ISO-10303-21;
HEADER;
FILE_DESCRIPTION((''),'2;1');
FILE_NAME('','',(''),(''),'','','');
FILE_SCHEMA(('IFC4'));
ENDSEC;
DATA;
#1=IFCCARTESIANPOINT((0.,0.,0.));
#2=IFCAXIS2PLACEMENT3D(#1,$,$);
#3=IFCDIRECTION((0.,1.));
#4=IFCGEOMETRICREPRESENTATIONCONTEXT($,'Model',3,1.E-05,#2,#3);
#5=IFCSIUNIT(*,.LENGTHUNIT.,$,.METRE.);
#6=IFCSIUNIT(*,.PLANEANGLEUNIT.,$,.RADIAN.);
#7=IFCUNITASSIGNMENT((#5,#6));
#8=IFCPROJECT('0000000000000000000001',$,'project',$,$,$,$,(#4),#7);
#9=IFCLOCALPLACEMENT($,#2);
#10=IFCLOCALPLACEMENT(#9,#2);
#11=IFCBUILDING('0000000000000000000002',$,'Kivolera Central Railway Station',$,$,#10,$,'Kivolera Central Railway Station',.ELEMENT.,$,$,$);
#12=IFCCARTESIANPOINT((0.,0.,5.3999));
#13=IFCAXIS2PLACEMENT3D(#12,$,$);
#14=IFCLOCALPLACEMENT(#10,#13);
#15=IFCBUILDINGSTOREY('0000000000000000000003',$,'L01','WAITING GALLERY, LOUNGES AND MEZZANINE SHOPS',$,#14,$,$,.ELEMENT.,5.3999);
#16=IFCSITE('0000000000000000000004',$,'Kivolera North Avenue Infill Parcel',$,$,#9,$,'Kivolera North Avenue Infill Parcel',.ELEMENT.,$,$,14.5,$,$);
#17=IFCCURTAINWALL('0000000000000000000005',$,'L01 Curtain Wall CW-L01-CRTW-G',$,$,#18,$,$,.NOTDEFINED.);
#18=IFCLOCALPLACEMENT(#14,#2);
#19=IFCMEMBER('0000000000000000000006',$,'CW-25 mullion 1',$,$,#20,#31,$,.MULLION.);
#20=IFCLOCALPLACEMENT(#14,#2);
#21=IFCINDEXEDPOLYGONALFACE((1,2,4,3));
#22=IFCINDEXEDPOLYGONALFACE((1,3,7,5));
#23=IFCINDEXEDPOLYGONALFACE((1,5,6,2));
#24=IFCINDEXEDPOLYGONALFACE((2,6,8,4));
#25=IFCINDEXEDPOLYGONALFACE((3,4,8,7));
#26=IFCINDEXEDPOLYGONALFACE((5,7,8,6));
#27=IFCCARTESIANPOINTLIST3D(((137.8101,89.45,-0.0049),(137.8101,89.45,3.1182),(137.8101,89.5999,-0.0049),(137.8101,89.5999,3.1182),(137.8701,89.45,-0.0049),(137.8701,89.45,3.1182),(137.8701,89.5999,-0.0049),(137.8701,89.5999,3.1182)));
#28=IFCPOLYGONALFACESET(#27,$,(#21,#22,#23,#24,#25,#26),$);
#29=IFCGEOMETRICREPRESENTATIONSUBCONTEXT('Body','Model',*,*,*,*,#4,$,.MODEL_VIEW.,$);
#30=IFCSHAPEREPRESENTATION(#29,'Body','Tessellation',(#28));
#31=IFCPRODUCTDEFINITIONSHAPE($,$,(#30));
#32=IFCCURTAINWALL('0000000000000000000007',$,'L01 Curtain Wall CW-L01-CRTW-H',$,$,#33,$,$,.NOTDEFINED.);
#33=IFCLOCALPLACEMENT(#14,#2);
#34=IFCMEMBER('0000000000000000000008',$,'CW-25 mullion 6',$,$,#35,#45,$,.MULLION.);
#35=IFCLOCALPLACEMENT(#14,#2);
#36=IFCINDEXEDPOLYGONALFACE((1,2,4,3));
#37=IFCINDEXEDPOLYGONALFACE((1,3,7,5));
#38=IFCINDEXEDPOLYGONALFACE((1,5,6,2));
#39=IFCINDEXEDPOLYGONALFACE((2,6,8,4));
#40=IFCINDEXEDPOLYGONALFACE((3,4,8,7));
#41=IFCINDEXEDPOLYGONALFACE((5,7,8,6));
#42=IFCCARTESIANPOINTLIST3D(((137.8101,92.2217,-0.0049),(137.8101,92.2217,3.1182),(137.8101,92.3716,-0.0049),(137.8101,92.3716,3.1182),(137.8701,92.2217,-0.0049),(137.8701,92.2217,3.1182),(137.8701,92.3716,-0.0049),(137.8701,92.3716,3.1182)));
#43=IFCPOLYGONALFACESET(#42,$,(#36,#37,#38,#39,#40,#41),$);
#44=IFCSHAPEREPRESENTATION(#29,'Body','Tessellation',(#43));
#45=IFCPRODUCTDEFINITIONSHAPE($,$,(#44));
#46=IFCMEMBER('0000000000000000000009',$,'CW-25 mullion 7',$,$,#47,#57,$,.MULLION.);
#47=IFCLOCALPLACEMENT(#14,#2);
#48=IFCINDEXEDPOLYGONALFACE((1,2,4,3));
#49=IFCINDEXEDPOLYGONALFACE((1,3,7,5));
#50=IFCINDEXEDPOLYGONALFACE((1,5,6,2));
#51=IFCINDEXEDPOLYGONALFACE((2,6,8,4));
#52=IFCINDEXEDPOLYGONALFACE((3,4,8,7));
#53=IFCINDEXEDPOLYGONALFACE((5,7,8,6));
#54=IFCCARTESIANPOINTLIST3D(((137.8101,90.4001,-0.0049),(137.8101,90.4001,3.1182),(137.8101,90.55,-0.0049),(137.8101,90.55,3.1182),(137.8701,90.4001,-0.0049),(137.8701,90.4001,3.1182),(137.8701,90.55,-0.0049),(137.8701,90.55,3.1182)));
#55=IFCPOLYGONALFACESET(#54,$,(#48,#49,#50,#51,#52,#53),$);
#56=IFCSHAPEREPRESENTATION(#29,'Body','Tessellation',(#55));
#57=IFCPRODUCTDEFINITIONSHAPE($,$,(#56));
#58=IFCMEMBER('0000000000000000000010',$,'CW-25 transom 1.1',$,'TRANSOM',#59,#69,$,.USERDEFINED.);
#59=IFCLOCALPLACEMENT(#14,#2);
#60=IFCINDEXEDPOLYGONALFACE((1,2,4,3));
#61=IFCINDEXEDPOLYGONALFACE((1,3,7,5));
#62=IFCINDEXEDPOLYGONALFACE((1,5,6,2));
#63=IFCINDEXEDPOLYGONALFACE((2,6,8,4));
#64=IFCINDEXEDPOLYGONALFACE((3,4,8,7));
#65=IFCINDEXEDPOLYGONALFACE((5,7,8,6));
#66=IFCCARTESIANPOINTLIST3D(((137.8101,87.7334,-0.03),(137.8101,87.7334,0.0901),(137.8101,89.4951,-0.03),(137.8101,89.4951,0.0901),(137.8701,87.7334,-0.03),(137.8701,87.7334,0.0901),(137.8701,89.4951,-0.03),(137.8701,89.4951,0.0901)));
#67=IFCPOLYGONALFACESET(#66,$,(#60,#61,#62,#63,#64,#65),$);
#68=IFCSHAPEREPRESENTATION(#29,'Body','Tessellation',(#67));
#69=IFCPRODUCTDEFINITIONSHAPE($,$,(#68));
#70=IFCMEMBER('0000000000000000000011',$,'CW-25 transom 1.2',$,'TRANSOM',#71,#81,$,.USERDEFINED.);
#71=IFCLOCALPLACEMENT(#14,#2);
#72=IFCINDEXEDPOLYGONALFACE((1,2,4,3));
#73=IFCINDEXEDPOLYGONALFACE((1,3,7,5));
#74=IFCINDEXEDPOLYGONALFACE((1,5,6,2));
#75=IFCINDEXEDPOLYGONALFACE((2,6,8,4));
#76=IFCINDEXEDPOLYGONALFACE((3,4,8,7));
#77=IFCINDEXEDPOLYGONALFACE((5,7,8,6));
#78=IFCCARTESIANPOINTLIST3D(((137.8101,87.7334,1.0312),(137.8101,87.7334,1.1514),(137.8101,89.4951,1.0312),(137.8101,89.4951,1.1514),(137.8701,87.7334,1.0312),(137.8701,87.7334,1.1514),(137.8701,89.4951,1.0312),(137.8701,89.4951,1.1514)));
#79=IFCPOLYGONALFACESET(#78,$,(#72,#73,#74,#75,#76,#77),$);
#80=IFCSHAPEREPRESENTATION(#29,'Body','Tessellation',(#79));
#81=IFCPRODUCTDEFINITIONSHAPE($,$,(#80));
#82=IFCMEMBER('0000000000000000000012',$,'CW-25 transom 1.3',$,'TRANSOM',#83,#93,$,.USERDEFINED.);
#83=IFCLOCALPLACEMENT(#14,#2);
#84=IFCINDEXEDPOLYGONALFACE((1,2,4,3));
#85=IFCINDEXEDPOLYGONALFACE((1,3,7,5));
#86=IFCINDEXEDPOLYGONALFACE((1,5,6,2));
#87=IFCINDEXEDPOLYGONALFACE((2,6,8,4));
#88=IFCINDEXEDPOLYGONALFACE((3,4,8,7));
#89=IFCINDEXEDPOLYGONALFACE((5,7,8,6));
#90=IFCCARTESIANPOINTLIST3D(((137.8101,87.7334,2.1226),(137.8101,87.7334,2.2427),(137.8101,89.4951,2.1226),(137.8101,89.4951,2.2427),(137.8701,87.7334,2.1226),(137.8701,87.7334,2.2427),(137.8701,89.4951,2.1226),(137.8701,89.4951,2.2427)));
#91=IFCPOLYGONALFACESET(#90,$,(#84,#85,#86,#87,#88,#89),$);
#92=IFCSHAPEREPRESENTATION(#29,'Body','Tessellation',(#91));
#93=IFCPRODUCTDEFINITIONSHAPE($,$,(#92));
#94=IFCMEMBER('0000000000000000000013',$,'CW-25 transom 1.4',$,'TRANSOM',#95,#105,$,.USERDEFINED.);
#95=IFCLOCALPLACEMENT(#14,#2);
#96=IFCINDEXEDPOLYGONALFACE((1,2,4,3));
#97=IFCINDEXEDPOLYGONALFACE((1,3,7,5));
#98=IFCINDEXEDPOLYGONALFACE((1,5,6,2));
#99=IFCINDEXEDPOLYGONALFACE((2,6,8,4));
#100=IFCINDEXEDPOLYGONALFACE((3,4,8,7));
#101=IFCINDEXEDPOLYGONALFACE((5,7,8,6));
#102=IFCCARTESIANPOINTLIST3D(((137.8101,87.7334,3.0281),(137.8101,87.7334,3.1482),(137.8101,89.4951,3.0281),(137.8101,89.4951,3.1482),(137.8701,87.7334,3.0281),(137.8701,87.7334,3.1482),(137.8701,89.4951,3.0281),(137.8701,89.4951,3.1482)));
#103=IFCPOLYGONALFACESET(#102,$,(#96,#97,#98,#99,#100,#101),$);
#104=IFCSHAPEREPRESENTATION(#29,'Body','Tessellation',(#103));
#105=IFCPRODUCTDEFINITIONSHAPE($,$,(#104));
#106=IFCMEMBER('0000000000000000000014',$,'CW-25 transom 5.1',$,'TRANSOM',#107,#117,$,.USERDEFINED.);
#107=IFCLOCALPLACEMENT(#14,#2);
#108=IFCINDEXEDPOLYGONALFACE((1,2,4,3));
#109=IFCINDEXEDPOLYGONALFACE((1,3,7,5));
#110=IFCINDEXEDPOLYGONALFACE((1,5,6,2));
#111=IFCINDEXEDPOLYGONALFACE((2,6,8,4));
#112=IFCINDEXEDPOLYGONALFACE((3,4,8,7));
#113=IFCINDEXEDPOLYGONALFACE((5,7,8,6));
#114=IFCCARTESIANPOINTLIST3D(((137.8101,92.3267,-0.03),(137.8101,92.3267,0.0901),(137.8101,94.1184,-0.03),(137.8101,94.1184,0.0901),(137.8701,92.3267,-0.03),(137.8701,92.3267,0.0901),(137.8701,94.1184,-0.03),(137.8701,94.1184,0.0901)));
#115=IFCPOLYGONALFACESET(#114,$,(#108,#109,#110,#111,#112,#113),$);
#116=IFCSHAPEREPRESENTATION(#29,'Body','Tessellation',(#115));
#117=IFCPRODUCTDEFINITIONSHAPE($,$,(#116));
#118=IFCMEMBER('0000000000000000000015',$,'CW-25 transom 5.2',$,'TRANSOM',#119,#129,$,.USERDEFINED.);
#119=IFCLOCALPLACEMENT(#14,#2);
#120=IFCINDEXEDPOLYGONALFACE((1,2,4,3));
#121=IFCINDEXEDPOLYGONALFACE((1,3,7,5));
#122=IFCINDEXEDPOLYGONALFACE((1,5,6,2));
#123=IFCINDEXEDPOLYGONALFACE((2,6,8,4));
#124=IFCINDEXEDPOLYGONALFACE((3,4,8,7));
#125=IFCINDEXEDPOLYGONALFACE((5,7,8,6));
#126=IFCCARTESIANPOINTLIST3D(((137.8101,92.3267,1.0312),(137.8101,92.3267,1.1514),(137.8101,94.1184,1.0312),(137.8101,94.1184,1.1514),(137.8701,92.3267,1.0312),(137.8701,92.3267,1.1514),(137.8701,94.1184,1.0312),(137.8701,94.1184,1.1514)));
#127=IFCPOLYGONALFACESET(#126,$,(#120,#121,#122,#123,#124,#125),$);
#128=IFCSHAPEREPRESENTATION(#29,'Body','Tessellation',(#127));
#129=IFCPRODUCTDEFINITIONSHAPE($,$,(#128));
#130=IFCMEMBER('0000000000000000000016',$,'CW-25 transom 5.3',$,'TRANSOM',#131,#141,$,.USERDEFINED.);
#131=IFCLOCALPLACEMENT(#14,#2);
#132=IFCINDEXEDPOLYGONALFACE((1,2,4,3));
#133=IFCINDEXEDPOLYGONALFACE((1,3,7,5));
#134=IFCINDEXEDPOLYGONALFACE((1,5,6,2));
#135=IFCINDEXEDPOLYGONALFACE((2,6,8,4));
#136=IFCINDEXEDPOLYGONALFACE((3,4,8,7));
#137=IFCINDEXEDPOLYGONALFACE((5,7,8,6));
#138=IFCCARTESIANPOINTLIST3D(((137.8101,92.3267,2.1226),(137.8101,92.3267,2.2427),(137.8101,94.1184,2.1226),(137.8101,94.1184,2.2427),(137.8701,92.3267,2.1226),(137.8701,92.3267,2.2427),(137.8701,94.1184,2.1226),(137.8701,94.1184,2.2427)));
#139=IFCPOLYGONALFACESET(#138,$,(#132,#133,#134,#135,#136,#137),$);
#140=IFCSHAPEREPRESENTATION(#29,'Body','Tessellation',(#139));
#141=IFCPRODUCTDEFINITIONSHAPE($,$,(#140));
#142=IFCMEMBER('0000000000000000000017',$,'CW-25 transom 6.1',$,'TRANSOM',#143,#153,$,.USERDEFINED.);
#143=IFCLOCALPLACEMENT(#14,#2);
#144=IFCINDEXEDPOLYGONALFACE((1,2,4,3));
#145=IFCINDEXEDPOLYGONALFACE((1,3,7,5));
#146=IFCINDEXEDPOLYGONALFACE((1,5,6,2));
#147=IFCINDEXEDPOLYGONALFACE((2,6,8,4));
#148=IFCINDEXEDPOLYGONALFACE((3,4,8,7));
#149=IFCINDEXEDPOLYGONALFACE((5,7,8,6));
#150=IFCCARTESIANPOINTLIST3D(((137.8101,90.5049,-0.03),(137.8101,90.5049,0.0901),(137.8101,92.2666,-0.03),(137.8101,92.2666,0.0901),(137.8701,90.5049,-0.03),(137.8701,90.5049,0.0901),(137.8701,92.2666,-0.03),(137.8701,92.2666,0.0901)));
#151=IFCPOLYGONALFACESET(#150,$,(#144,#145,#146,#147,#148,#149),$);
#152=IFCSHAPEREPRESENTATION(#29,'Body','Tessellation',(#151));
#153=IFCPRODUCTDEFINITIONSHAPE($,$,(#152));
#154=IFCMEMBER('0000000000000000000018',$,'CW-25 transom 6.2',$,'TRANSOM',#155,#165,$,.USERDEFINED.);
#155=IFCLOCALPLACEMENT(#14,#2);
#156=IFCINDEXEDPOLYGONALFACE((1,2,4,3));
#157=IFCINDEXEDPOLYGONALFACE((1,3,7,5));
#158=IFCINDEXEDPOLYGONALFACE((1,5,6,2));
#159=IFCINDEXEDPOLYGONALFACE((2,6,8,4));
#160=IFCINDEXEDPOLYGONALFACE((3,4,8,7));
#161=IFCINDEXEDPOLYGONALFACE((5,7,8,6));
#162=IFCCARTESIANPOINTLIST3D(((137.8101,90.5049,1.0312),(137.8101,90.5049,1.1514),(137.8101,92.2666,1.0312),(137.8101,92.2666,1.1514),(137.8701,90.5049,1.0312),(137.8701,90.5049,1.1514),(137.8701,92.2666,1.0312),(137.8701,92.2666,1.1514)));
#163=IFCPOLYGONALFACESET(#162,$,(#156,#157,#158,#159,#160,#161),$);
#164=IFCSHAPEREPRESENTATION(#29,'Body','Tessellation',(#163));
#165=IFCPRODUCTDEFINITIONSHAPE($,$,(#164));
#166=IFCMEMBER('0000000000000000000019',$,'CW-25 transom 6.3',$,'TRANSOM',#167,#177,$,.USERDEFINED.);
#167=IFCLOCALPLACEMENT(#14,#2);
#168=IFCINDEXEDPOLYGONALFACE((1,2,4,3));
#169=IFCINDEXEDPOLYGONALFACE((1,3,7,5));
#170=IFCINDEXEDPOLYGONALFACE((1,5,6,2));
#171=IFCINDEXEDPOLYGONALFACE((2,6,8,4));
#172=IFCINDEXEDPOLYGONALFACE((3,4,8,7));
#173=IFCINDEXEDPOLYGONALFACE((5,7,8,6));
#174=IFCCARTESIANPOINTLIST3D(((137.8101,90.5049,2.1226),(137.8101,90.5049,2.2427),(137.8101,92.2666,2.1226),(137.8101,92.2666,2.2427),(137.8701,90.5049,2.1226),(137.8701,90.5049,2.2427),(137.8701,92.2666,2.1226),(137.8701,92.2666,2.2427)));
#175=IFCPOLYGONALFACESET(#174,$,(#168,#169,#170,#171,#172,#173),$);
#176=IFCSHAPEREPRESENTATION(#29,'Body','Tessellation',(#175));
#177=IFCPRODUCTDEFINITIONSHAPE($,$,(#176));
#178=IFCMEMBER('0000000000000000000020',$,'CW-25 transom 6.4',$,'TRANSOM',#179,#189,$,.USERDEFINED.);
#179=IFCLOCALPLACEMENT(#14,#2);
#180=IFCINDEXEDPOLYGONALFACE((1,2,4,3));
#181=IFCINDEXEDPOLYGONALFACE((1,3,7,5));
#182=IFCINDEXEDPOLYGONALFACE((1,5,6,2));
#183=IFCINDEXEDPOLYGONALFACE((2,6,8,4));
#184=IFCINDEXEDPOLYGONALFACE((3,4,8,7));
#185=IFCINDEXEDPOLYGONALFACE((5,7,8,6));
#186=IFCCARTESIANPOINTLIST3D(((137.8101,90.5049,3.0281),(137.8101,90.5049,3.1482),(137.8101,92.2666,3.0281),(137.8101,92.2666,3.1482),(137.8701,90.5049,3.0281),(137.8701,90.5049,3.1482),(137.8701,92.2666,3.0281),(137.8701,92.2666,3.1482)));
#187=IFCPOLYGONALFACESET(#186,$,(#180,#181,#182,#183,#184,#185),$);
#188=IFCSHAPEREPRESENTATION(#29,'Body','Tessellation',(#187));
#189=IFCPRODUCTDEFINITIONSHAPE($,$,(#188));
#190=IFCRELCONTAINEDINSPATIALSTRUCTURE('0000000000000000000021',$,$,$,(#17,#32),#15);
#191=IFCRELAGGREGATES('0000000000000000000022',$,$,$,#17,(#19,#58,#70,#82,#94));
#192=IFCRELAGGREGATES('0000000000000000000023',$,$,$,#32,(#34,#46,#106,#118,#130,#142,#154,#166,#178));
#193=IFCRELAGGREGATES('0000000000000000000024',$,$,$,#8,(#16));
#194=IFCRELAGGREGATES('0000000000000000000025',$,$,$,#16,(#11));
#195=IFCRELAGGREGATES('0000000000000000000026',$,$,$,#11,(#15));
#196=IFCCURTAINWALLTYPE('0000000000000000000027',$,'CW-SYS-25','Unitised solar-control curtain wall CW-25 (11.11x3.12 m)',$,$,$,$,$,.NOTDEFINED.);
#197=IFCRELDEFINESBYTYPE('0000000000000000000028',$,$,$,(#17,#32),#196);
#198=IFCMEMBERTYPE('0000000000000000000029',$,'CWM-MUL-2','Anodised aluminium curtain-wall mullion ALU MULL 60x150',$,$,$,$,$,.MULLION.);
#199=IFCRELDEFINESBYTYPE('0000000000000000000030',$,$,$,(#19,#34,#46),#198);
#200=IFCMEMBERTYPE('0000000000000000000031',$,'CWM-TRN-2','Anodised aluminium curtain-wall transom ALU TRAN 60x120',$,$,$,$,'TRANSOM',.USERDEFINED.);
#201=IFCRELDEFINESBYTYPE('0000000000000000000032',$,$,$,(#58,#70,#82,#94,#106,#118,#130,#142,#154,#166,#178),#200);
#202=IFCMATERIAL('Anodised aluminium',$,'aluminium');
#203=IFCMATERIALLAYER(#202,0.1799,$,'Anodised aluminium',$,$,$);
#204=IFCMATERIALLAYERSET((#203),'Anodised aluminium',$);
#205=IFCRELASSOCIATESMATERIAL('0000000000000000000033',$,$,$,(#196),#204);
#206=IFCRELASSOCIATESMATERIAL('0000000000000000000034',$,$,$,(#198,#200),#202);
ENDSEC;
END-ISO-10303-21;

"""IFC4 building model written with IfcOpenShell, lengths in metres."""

from ifc_helpers import new_model, si_unit, direction, frame, origin, origin_2d, place, context, subcontext, project, spatial, rectangle, extrude, material, layer, layer_set, material_profile, profile_set, type_object, element, aggregate, save


model = new_model("IFC4")

# Units and contexts
model_context = context("Model", 3, precision=1e-05, world=origin(), true_north=direction((0.0, 1.0)))
body_context = subcontext(model_context, "Body", "Model", "MODEL_VIEW")
ifc_project = project(units=[si_unit("LENGTHUNIT", "METRE"), si_unit("PLANEANGLEUNIT", "RADIAN")], contexts=[model_context])

# Site, building, storey
site_placement = place(None, origin())
site = spatial("IfcSite", under=ifc_project, at=site_placement, Name="Kivolera North Avenue Infill Parcel", LongName="Kivolera North Avenue Infill Parcel", CompositionType="ELEMENT", RefElevation=14.5)
building_placement = place(site_placement, origin())
building = spatial("IfcBuilding", under=site, at=building_placement, Name="Kivolera Central Railway Station", LongName="Kivolera Central Railway Station", CompositionType="ELEMENT")
storey_placement = place(building_placement, frame((0.0, 0.0, 5.3999)))
storey = spatial("IfcBuildingStorey", under=building, at=storey_placement, Name="L01", Description="WAITING GALLERY, LOUNGES AND MEZZANINE SHOPS", CompositionType="ELEMENT", Elevation=5.3999)

# Curtain wall, member
ifc_material_1 = material(Name="Anodised aluminium", Category="aluminium")
ifc_layer_1 = layer(ifc_material_1, 0.1799, Name="Anodised aluminium")
ifc_layer_set_1 = layer_set([ifc_layer_1], Name="Anodised aluminium")
curtain_wall_type = type_object("IfcCurtainWallType", Name="CW-SYS-25", Description="Unitised solar-control curtain wall CW-25 (11.11x3.12 m)", PredefinedType="NOTDEFINED", material=ifc_layer_set_1)
curtain_wall_1_placement = place(storey_placement, origin())
curtain_wall_1 = element("IfcCurtainWall", 1, at=curtain_wall_1_placement, inside=storey, type_object=curtain_wall_type, Name="L01 Curtain Wall CW-L01-CRTW-G", PredefinedType="NOTDEFINED")
ifc_material_profile_1 = material_profile(ifc_material_1, rectangle(XDim=0.0601, YDim=0.1499, at=origin_2d()), Name="ALU MULL 60x150")
ifc_profile_set_1 = profile_set([ifc_material_profile_1], Name="Anodised aluminium")
member_type_1 = type_object("IfcMemberType", Name="CWM-MUL-2", Description="Anodised aluminium curtain-wall mullion ALU MULL 60x150", PredefinedType="MULLION", material=ifc_profile_set_1)
member_1_placement = place(storey_placement, frame((137.8401, 89.5249, -0.0049), z_axis=(0.0, 0.0, 1.0), x_axis=(1.0, 0.0, 0.0)))
member_1 = element("IfcMember", 2, at=member_1_placement, type_object=member_type_1, Name="CW-25 mullion 1", PredefinedType="MULLION", context=body_context, shape_type="SweptSolid", body=[
    extrude(rectangle(XDim=0.0601, YDim=0.1499, at=origin_2d()), origin(), (0.0, 0.0, 1.0), 3.123),
])

# Curtain wall, members
curtain_wall_2_placement = place(storey_placement, origin())
curtain_wall_2 = element("IfcCurtainWall", 3, at=curtain_wall_2_placement, inside=storey, type_object=curtain_wall_type, Name="L01 Curtain Wall CW-L01-CRTW-H", PredefinedType="NOTDEFINED")
member_2_placement = place(storey_placement, frame((137.8401, 92.2966, -0.0049), z_axis=(0.0, 0.0, 1.0), x_axis=(1.0, 0.0, 0.0)))
member_2 = element("IfcMember", 4, at=member_2_placement, type_object=member_type_1, Name="CW-25 mullion 6", PredefinedType="MULLION", context=body_context, shape_type="SweptSolid", body=[
    extrude(rectangle(XDim=0.0601, YDim=0.1499, at=origin_2d()), origin(), (0.0, 0.0, 1.0), 3.123),
])
member_3_placement = place(storey_placement, frame((137.8401, 90.4751, -0.0049), z_axis=(0.0, 0.0, 1.0), x_axis=(1.0, 0.0, 0.0)))
member_3 = element("IfcMember", 5, at=member_3_placement, type_object=member_type_1, Name="CW-25 mullion 7", PredefinedType="MULLION", context=body_context, shape_type="SweptSolid", body=[
    extrude(rectangle(XDim=0.0601, YDim=0.1499, at=origin_2d()), origin(), (0.0, 0.0, 1.0), 3.123),
])

# Members
ifc_material_profile_2 = material_profile(ifc_material_1, rectangle(XDim=0.0601, YDim=0.1201, at=origin_2d()), Name="ALU TRAN 60x120")
ifc_profile_set_2 = profile_set([ifc_material_profile_2], Name="Anodised aluminium")
member_type_2 = type_object("IfcMemberType", Name="CWM-TRN-2", Description="Anodised aluminium curtain-wall transom ALU TRAN 60x120", ElementType="TRANSOM", PredefinedType="USERDEFINED", material=ifc_profile_set_2)
member_4_placement = place(storey_placement, frame((137.8401, 89.4951, 0.03), z_axis=(0.0, -1.0, 0.0), x_axis=(1.0, 0.0, 0.0)))
member_4 = element("IfcMember", 6, at=member_4_placement, type_object=member_type_2, Name="CW-25 transom 1.1", ObjectType="TRANSOM", PredefinedType="USERDEFINED", context=body_context, shape_type="SweptSolid", body=[
    extrude(rectangle(XDim=0.0601, YDim=0.1201, at=origin_2d()), origin(), (0.0, 0.0, 1.0), 1.7617),
])
member_5_placement = place(storey_placement, frame((137.8401, 89.4951, 1.0913), z_axis=(0.0, -1.0, 0.0), x_axis=(1.0, 0.0, 0.0)))
member_5 = element("IfcMember", 7, at=member_5_placement, type_object=member_type_2, Name="CW-25 transom 1.2", ObjectType="TRANSOM", PredefinedType="USERDEFINED", context=body_context, shape_type="SweptSolid", body=[
    extrude(rectangle(XDim=0.0601, YDim=0.1201, at=origin_2d()), origin(), (0.0, 0.0, 1.0), 1.7617),
])
member_6_placement = place(storey_placement, frame((137.8401, 89.4951, 2.1826), z_axis=(0.0, -1.0, 0.0), x_axis=(1.0, 0.0, 0.0)))
member_6 = element("IfcMember", 8, at=member_6_placement, type_object=member_type_2, Name="CW-25 transom 1.3", ObjectType="TRANSOM", PredefinedType="USERDEFINED", context=body_context, shape_type="SweptSolid", body=[
    extrude(rectangle(XDim=0.0601, YDim=0.1201, at=origin_2d()), origin(), (0.0, 0.0, 1.0), 1.7617),
])
member_7_placement = place(storey_placement, frame((137.8401, 89.4951, 3.0881), z_axis=(0.0, -1.0, 0.0), x_axis=(1.0, 0.0, 0.0)))
member_7 = element("IfcMember", 9, at=member_7_placement, type_object=member_type_2, Name="CW-25 transom 1.4", ObjectType="TRANSOM", PredefinedType="USERDEFINED", context=body_context, shape_type="SweptSolid", body=[
    extrude(rectangle(XDim=0.0601, YDim=0.1201, at=origin_2d()), origin(), (0.0, 0.0, 1.0), 1.7617),
])
member_8_placement = place(storey_placement, frame((137.8401, 94.1184, 0.03), z_axis=(0.0, -1.0, 0.0), x_axis=(1.0, 0.0, 0.0)))
member_8 = element("IfcMember", 10, at=member_8_placement, type_object=member_type_2, Name="CW-25 transom 5.1", ObjectType="TRANSOM", PredefinedType="USERDEFINED", context=body_context, shape_type="SweptSolid", body=[
    extrude(rectangle(XDim=0.0601, YDim=0.1201, at=origin_2d()), origin(), (0.0, 0.0, 1.0), 1.7917),
])
member_9_placement = place(storey_placement, frame((137.8401, 94.1184, 1.0913), z_axis=(0.0, -1.0, 0.0), x_axis=(1.0, 0.0, 0.0)))
member_9 = element("IfcMember", 11, at=member_9_placement, type_object=member_type_2, Name="CW-25 transom 5.2", ObjectType="TRANSOM", PredefinedType="USERDEFINED", context=body_context, shape_type="SweptSolid", body=[
    extrude(rectangle(XDim=0.0601, YDim=0.1201, at=origin_2d()), origin(), (0.0, 0.0, 1.0), 1.7917),
])
member_10_placement = place(storey_placement, frame((137.8401, 94.1184, 2.1826), z_axis=(0.0, -1.0, 0.0), x_axis=(1.0, 0.0, 0.0)))
member_10 = element("IfcMember", 12, at=member_10_placement, type_object=member_type_2, Name="CW-25 transom 5.3", ObjectType="TRANSOM", PredefinedType="USERDEFINED", context=body_context, shape_type="SweptSolid", body=[
    extrude(rectangle(XDim=0.0601, YDim=0.1201, at=origin_2d()), origin(), (0.0, 0.0, 1.0), 1.7917),
])
member_11_placement = place(storey_placement, frame((137.8401, 92.2666, 0.03), z_axis=(0.0, -1.0, 0.0), x_axis=(1.0, 0.0, 0.0)))
member_11 = element("IfcMember", 13, at=member_11_placement, type_object=member_type_2, Name="CW-25 transom 6.1", ObjectType="TRANSOM", PredefinedType="USERDEFINED", context=body_context, shape_type="SweptSolid", body=[
    extrude(rectangle(XDim=0.0601, YDim=0.1201, at=origin_2d()), origin(), (0.0, 0.0, 1.0), 1.7617),
])
member_12_placement = place(storey_placement, frame((137.8401, 92.2666, 1.0913), z_axis=(0.0, -1.0, 0.0), x_axis=(1.0, 0.0, 0.0)))
member_12 = element("IfcMember", 14, at=member_12_placement, type_object=member_type_2, Name="CW-25 transom 6.2", ObjectType="TRANSOM", PredefinedType="USERDEFINED", context=body_context, shape_type="SweptSolid", body=[
    extrude(rectangle(XDim=0.0601, YDim=0.1201, at=origin_2d()), origin(), (0.0, 0.0, 1.0), 1.7617),
])
member_13_placement = place(storey_placement, frame((137.8401, 92.2666, 2.1826), z_axis=(0.0, -1.0, 0.0), x_axis=(1.0, 0.0, 0.0)))
member_13 = element("IfcMember", 15, at=member_13_placement, type_object=member_type_2, Name="CW-25 transom 6.3", ObjectType="TRANSOM", PredefinedType="USERDEFINED", context=body_context, shape_type="SweptSolid", body=[
    extrude(rectangle(XDim=0.0601, YDim=0.1201, at=origin_2d()), origin(), (0.0, 0.0, 1.0), 1.7617),
])
member_14_placement = place(storey_placement, frame((137.8401, 92.2666, 3.0881), z_axis=(0.0, -1.0, 0.0), x_axis=(1.0, 0.0, 0.0)))
member_14 = element("IfcMember", 16, at=member_14_placement, type_object=member_type_2, Name="CW-25 transom 6.4", ObjectType="TRANSOM", PredefinedType="USERDEFINED", context=body_context, shape_type="SweptSolid", body=[
    extrude(rectangle(XDim=0.0601, YDim=0.1201, at=origin_2d()), origin(), (0.0, 0.0, 1.0), 1.7617),
])

aggregate(curtain_wall_1, [member_1, member_4, member_5, member_6, member_7])
aggregate(curtain_wall_2, [member_2, member_3, member_8, member_9, member_10, member_11, member_12, member_13, member_14])

save(model, "model.ifc")
